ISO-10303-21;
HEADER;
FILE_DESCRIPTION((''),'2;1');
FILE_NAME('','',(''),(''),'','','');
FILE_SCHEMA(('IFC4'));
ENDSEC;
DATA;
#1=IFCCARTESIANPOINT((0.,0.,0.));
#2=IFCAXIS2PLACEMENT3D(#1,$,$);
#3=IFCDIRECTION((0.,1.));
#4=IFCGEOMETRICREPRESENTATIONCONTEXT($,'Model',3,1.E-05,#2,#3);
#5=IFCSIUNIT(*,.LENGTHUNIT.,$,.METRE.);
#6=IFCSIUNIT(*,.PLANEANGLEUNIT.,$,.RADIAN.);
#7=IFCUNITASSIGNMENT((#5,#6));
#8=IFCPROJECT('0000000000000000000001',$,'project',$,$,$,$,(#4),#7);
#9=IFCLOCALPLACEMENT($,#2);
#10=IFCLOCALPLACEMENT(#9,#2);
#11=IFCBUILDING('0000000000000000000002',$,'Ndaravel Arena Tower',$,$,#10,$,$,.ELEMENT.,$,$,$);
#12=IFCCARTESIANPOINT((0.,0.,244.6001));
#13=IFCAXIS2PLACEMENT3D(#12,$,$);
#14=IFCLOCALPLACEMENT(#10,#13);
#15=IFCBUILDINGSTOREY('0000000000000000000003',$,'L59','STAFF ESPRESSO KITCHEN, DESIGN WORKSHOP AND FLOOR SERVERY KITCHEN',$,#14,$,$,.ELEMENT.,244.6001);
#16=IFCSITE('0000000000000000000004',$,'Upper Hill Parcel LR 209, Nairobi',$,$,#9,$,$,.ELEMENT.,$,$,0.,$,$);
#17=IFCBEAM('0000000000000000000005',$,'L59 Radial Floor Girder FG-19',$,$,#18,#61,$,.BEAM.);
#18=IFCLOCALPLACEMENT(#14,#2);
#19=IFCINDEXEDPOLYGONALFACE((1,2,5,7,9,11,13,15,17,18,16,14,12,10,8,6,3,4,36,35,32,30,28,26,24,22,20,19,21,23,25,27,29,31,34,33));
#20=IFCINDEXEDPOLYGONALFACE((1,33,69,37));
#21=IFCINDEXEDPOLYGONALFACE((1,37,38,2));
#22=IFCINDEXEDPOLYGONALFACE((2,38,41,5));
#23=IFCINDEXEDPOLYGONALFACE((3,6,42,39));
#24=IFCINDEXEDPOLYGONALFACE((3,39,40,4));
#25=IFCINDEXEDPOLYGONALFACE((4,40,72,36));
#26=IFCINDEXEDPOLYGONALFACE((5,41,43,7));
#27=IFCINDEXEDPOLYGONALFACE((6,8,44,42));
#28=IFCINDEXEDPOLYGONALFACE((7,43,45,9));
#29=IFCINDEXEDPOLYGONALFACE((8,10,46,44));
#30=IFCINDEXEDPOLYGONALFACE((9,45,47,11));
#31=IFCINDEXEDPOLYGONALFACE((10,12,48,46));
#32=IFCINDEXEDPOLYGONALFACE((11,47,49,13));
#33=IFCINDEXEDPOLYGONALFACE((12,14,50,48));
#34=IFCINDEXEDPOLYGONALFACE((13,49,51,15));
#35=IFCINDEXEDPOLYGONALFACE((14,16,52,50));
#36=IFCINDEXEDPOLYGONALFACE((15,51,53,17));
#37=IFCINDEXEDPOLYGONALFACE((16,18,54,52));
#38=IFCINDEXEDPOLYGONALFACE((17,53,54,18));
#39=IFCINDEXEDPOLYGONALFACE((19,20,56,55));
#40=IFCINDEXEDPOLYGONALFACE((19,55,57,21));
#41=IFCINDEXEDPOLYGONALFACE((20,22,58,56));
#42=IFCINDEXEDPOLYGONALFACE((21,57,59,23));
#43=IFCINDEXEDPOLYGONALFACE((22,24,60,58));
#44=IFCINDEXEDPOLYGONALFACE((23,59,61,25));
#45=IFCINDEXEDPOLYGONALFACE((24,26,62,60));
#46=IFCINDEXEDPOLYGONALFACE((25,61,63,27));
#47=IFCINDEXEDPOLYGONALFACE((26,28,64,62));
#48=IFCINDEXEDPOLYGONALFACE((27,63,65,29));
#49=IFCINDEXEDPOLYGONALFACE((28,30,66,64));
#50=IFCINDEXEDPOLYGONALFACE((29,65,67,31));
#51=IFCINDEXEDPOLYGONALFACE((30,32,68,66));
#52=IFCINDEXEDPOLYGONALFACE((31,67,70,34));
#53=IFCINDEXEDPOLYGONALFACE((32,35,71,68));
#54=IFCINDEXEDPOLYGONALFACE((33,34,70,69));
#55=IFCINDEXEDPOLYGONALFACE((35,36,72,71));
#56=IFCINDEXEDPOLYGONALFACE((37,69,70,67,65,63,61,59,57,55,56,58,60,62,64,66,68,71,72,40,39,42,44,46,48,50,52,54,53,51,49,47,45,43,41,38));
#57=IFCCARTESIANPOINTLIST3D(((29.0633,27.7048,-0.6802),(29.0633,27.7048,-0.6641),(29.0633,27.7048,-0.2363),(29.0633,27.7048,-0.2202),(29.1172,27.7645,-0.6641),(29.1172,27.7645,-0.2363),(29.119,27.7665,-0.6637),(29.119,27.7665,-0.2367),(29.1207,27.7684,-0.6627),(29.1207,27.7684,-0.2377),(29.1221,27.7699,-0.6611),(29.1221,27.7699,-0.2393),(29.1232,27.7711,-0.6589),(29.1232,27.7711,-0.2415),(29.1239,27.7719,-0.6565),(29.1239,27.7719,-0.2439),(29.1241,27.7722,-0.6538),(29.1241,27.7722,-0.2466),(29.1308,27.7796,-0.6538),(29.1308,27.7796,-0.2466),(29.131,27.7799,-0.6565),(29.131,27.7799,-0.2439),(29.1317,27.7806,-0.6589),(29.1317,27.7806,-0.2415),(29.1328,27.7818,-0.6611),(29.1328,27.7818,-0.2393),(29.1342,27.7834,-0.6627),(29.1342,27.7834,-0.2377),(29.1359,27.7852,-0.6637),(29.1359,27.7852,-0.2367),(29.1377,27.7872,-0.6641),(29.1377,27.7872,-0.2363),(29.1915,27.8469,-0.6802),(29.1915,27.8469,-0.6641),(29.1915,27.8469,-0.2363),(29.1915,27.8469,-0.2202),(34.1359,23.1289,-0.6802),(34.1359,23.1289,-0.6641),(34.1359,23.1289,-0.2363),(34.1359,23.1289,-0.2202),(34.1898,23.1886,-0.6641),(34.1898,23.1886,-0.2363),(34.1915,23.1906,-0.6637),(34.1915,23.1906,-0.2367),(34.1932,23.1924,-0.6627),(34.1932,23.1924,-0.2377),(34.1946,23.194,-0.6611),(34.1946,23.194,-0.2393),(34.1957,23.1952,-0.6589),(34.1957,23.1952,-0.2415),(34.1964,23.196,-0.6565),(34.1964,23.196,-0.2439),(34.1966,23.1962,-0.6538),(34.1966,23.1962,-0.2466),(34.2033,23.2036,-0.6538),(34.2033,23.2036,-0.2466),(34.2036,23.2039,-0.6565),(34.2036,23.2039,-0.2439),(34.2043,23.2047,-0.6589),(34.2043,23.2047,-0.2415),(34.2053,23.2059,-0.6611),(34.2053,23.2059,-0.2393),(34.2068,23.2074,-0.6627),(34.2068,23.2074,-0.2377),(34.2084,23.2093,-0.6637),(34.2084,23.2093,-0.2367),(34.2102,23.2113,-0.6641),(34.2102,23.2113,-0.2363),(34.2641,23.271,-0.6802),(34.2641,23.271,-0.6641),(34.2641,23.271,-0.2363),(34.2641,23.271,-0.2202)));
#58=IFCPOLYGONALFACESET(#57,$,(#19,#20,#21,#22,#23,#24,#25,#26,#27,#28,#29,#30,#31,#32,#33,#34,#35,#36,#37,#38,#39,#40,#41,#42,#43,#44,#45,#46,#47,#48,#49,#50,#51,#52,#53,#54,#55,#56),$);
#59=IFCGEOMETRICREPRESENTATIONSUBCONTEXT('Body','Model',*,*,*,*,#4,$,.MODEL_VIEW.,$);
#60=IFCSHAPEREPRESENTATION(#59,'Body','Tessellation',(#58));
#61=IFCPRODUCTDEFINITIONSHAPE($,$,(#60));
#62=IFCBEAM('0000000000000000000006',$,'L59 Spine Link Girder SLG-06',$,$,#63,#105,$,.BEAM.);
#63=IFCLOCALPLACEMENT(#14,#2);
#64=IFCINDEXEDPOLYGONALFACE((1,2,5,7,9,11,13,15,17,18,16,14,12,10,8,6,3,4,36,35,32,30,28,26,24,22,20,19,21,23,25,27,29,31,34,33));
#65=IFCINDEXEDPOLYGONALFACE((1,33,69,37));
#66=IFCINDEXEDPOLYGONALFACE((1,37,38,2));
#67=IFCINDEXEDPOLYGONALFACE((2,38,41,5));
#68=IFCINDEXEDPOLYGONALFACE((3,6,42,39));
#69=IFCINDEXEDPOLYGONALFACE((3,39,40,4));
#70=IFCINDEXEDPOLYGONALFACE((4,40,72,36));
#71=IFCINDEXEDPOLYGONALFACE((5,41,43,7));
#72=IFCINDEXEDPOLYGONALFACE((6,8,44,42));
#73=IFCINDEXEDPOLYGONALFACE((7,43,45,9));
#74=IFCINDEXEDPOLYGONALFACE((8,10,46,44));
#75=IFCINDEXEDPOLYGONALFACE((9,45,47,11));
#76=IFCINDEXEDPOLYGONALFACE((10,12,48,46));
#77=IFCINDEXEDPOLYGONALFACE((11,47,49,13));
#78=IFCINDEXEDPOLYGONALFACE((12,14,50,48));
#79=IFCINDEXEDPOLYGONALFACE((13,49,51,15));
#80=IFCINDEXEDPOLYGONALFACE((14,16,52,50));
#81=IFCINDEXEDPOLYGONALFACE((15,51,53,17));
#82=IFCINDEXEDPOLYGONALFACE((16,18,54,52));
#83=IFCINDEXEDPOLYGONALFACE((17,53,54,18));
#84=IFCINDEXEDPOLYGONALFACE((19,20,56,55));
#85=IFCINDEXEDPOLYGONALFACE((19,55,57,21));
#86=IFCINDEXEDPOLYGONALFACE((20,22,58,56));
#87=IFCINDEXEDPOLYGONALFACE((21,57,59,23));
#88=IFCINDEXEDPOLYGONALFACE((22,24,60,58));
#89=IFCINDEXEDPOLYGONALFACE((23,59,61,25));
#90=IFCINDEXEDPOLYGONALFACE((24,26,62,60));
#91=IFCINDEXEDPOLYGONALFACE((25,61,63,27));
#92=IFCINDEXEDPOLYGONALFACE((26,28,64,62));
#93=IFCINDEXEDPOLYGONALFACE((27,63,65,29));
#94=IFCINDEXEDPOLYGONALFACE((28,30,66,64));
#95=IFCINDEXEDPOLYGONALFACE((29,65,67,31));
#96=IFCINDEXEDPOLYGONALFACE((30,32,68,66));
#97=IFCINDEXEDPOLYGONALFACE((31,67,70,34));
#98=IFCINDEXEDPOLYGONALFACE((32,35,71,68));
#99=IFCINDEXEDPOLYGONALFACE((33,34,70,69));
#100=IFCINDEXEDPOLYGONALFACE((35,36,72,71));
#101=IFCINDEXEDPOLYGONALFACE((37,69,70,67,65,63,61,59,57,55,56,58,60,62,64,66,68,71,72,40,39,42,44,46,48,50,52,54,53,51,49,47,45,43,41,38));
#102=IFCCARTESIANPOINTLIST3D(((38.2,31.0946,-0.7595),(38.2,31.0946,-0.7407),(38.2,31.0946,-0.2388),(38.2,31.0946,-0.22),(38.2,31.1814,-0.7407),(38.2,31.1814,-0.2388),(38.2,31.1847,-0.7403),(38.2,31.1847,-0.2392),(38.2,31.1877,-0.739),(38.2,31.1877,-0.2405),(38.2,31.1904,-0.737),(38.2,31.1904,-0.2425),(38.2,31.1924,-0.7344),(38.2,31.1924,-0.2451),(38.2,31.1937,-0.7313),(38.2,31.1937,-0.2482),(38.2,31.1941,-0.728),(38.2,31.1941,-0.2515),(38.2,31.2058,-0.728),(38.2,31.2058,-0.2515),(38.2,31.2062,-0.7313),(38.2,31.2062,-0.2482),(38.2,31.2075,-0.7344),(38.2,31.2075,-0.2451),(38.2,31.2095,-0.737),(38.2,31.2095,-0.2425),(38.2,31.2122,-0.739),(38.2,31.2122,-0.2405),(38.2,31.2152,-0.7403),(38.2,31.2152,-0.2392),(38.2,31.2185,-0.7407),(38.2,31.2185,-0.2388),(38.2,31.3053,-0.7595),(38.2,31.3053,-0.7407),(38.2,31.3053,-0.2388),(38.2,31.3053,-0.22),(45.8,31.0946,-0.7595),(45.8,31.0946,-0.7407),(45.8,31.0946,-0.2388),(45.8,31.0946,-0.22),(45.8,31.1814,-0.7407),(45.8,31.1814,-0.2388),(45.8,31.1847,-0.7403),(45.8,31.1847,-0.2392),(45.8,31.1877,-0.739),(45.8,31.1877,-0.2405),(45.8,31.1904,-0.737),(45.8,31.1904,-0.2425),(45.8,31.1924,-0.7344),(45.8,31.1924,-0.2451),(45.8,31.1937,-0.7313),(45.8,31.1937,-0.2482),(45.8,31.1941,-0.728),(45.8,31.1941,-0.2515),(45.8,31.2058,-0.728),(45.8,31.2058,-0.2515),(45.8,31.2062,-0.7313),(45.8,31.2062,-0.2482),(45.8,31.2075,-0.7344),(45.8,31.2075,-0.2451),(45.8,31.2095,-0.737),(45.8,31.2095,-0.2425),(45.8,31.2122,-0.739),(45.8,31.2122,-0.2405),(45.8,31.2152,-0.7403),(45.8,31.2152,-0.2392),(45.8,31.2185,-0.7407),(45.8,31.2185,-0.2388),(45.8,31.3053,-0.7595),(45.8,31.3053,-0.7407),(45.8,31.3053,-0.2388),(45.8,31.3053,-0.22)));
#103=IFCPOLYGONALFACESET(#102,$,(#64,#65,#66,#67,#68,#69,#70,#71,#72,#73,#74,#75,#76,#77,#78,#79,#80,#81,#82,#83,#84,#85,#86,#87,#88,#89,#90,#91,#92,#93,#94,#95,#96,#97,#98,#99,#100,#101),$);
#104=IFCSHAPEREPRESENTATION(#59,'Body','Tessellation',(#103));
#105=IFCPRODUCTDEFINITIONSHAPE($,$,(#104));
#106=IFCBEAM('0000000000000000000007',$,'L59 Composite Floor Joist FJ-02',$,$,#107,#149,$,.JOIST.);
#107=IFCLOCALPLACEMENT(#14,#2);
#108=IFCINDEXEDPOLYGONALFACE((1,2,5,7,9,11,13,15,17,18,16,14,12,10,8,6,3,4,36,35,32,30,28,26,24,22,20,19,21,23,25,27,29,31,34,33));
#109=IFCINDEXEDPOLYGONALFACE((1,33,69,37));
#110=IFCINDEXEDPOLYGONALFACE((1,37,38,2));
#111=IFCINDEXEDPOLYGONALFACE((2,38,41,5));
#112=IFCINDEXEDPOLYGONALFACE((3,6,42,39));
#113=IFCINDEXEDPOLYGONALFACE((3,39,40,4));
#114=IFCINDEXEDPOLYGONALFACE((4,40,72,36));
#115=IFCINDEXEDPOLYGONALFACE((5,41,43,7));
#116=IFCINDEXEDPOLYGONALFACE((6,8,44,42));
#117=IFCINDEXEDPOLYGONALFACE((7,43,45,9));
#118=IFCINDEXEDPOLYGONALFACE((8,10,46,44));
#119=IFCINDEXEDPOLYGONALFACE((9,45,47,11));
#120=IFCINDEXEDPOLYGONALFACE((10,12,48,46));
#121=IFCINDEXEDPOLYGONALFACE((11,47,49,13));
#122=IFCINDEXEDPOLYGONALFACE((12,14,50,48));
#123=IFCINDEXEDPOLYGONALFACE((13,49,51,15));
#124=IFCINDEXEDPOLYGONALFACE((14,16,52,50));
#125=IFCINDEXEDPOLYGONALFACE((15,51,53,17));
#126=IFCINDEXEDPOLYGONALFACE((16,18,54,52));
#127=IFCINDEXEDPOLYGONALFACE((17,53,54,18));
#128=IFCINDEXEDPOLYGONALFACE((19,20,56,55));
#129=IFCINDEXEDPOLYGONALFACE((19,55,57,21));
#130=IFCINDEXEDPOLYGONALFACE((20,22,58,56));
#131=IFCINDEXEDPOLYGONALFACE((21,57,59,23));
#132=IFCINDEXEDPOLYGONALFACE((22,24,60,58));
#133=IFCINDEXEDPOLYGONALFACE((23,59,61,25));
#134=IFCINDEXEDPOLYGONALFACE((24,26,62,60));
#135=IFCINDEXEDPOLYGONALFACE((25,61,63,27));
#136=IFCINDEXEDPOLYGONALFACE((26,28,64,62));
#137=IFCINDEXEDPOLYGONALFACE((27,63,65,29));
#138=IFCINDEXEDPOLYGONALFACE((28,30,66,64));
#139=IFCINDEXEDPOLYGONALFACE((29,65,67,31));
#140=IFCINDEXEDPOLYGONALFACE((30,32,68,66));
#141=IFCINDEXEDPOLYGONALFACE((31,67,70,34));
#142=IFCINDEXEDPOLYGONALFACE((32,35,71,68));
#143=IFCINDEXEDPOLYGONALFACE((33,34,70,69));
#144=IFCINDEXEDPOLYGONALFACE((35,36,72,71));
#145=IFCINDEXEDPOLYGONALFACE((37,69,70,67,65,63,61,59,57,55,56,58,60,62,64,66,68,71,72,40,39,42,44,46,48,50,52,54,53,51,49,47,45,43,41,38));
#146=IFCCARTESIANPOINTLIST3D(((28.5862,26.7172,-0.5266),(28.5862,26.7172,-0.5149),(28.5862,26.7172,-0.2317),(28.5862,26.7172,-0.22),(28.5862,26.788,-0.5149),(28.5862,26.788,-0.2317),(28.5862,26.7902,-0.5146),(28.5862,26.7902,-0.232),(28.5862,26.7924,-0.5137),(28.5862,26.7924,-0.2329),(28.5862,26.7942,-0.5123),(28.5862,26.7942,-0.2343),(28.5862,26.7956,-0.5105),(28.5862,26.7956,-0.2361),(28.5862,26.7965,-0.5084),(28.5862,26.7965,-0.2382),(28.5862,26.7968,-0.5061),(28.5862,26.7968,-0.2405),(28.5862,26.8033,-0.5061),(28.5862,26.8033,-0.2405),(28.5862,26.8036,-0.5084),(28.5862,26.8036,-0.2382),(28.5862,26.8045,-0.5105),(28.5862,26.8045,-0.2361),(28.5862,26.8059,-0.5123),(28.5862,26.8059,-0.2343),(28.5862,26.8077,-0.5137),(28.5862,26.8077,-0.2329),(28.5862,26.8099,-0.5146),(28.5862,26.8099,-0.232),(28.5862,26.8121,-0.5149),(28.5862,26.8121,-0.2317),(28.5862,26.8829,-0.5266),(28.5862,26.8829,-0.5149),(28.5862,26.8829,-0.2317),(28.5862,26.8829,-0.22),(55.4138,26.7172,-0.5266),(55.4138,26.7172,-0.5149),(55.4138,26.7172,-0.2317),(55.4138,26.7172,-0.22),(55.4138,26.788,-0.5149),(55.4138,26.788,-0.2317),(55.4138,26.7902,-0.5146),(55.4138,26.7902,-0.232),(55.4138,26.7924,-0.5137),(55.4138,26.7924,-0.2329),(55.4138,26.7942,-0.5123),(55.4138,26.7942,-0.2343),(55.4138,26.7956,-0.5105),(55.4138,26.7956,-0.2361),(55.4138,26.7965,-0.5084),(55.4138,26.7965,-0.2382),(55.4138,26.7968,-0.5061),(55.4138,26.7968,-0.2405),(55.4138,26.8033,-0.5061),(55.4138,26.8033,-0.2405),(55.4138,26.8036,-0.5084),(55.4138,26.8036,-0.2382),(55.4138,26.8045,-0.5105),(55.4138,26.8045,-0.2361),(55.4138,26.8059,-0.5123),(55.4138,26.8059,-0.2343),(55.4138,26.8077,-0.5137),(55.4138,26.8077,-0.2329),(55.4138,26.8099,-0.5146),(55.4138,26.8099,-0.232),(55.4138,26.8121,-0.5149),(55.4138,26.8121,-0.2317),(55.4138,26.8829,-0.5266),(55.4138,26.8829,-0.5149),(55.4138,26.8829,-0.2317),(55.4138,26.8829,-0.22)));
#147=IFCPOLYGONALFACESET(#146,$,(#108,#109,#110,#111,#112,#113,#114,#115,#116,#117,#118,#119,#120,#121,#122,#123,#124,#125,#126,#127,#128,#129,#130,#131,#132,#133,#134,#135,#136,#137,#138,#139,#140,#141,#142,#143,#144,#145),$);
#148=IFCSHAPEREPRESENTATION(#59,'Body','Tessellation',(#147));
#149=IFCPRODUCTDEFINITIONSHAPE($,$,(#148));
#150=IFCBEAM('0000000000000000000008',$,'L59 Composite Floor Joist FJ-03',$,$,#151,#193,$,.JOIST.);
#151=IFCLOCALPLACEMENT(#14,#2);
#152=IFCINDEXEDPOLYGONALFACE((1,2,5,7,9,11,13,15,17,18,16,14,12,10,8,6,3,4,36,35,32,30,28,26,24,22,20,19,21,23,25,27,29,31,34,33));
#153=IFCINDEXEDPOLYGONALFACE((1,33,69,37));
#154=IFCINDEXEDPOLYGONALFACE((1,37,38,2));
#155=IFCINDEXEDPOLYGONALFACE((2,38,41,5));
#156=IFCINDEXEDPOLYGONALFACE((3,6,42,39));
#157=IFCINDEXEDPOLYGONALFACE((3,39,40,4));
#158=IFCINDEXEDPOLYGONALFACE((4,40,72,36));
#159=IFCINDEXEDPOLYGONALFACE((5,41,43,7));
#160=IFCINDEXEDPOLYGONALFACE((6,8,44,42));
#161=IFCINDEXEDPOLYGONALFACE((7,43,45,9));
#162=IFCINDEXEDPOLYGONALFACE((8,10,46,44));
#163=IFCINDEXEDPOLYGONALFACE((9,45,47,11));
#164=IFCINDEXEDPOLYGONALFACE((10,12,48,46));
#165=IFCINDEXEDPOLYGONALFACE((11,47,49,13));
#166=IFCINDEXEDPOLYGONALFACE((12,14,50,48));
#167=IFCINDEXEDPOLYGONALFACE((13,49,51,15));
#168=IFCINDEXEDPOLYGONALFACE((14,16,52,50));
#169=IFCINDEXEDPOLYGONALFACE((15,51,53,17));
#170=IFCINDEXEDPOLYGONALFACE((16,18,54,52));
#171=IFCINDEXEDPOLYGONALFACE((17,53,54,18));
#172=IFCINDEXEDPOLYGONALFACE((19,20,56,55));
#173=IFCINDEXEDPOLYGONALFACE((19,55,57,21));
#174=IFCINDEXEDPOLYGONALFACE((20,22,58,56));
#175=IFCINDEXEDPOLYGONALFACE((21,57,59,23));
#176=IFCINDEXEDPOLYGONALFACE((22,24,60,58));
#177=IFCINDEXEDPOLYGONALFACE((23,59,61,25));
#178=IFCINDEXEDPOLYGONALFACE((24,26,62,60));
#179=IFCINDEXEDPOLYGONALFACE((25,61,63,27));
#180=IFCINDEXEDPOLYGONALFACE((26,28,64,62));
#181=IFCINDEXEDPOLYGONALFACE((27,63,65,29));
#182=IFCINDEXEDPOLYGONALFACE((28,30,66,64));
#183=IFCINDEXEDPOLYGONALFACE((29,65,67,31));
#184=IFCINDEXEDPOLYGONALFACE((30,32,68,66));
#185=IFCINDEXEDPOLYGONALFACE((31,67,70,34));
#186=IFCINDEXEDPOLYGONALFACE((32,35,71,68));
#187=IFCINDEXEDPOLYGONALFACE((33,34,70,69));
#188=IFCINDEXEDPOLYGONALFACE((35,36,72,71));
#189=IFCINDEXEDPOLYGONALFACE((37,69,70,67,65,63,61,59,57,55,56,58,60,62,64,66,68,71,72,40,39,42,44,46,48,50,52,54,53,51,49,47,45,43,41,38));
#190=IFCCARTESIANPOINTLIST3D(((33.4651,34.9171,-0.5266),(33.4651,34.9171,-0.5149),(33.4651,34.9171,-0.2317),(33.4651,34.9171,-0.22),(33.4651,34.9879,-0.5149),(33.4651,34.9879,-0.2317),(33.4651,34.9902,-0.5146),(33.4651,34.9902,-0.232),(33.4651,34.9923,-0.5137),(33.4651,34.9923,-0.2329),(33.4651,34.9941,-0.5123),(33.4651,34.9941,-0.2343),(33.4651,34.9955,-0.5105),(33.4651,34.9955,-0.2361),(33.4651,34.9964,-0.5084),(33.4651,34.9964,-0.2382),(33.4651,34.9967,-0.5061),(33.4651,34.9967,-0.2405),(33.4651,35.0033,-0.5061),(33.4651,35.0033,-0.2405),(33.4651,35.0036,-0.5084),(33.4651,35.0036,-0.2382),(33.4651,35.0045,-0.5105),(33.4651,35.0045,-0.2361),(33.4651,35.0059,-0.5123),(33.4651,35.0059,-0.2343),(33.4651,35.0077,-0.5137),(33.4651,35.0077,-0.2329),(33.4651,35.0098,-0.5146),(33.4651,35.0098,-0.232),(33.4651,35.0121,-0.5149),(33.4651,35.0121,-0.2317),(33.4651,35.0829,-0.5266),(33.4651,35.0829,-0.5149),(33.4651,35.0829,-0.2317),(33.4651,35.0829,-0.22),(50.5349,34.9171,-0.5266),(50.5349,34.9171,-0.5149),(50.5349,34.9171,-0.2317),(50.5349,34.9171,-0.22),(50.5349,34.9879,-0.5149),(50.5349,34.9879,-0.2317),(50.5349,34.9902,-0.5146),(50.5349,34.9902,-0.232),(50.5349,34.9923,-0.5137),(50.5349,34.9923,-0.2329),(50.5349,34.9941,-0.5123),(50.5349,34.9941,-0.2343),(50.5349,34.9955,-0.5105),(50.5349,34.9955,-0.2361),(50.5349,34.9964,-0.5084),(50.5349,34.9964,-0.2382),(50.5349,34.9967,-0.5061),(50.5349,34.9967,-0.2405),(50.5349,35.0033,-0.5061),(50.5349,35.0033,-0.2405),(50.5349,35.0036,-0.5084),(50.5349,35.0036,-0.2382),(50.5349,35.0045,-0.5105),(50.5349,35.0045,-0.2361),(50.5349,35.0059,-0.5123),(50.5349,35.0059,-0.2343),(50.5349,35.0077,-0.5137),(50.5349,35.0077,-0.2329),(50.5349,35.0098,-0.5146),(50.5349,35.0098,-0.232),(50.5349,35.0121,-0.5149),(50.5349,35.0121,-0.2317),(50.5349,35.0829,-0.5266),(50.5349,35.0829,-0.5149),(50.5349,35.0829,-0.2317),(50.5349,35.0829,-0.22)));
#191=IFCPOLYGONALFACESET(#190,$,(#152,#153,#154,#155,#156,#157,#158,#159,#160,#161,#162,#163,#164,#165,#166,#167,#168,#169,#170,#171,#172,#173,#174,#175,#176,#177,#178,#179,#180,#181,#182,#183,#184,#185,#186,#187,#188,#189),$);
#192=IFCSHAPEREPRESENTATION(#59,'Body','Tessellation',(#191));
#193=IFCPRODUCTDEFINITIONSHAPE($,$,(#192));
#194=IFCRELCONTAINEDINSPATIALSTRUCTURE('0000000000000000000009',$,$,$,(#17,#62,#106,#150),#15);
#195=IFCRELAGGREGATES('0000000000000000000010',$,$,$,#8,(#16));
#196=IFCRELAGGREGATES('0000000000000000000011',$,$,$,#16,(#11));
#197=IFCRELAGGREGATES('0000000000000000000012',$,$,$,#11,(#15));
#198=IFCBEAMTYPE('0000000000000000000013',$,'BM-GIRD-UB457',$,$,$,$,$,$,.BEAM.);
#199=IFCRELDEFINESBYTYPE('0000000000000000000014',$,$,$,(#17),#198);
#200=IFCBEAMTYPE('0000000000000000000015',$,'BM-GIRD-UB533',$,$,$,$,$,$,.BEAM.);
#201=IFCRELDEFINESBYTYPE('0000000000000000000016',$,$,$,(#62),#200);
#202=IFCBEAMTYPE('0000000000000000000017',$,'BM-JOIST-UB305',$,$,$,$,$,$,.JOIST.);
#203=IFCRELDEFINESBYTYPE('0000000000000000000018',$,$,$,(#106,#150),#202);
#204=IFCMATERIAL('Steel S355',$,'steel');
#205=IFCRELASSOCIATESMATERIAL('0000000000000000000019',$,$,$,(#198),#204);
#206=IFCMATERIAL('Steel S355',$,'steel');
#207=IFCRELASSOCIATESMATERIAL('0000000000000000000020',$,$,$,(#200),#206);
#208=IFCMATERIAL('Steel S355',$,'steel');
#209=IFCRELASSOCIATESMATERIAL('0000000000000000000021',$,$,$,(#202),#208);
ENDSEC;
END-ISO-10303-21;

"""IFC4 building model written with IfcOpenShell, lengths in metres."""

from ifc_helpers import new_model, si_unit, direction, frame, origin, origin_2d, place, context, subcontext, project, spatial, i_section, extrude, material, material_profile, profile_set, type_object, element, save


model = new_model("IFC4")

# Units and contexts
model_context = context("Model", 3, precision=1e-05, world=origin(), true_north=direction((0.0, 1.0)))
body_context = subcontext(model_context, "Body", "Model", "MODEL_VIEW")
ifc_project = project(units=[si_unit("LENGTHUNIT", "METRE"), si_unit("PLANEANGLEUNIT", "RADIAN")], contexts=[model_context])

# Site, building, storey
site_placement = place(None, origin())
site = spatial("IfcSite", under=ifc_project, at=site_placement, Name="Upper Hill Parcel LR 209, Nairobi", CompositionType="ELEMENT", RefElevation=0.0)
building_placement = place(site_placement, origin())
building = spatial("IfcBuilding", under=site, at=building_placement, Name="Ndaravel Arena Tower", CompositionType="ELEMENT")
storey_placement = place(building_placement, frame((0.0, 0.0, 244.6001)))
storey = spatial("IfcBuildingStorey", under=building, at=storey_placement, Name="L59", Description="STAFF ESPRESSO KITCHEN, DESIGN WORKSHOP AND FLOOR SERVERY KITCHEN", CompositionType="ELEMENT", Elevation=244.6001)

# Beams
ifc_material_1 = material(Name="Steel S355", Category="steel")
ifc_material_profile_1 = material_profile(ifc_material_1, i_section(OverallWidth=0.1914, OverallDepth=0.46, WebThickness=0.01, FlangeThickness=0.0161, FilletRadius=0.0103, at=origin_2d()), Name="UB 457x191x82")
ifc_profile_set_1 = profile_set([ifc_material_profile_1], Name="Steel S355")
beam_type_1 = type_object("IfcBeamType", Name="BM-GIRD-UB457", PredefinedType="BEAM", material=ifc_profile_set_1)
beam_1_placement = place(storey_placement, frame((29.1274, 27.7759, -0.4502), z_axis=(0.742517, -0.669827, 0.0), x_axis=(0.669827, 0.742517, 0.0)))
element("IfcBeam", 1, at=beam_1_placement, inside=storey, type_object=beam_type_1, Name="L59 Radial Floor Girder FG-19", PredefinedType="BEAM", context=body_context, shape_type="SweptSolid", body=[
    extrude(i_section(OverallWidth=0.1914, OverallDepth=0.46, WebThickness=0.01, FlangeThickness=0.0161, FilletRadius=0.0103, at=origin_2d()), origin(), (0.0, 0.0, 1.0), 6.8315),
])
ifc_material_2 = material(Name="Steel S355", Category="steel")
ifc_material_profile_2 = material_profile(ifc_material_2, i_section(OverallWidth=0.2107, OverallDepth=0.5396, WebThickness=0.0117, FlangeThickness=0.0188, FilletRadius=0.0127, at=origin_2d()), Name="UB 533x210x109")
ifc_profile_set_2 = profile_set([ifc_material_profile_2], Name="Steel S355")
beam_type_2 = type_object("IfcBeamType", Name="BM-GIRD-UB533", PredefinedType="BEAM", material=ifc_profile_set_2)
beam_2_placement = place(storey_placement, frame((38.2, 31.2, -0.4897), z_axis=(1.0, 0.0, 0.0), x_axis=(0.0, 1.0, 0.0)))
element("IfcBeam", 2, at=beam_2_placement, inside=storey, type_object=beam_type_2, Name="L59 Spine Link Girder SLG-06", PredefinedType="BEAM", context=body_context, shape_type="SweptSolid", body=[
    extrude(i_section(OverallWidth=0.2107, OverallDepth=0.5396, WebThickness=0.0117, FlangeThickness=0.0188, FilletRadius=0.0127, at=origin_2d()), origin(), (0.0, 0.0, 1.0), 7.6001),
])
ifc_material_3 = material(Name="Steel S355", Category="steel")
ifc_material_profile_3 = material_profile(ifc_material_3, i_section(OverallWidth=0.1658, OverallDepth=0.3066, WebThickness=0.0066, FlangeThickness=0.0117, FilletRadius=0.0088, at=origin_2d()), Name="UB 305x165x46")
ifc_profile_set_3 = profile_set([ifc_material_profile_3], Name="Steel S355")
beam_type_3 = type_object("IfcBeamType", Name="BM-JOIST-UB305", PredefinedType="JOIST", material=ifc_profile_set_3)
beam_3_placement = place(storey_placement, frame((28.5862, 26.8, -0.3733), z_axis=(1.0, 0.0, 0.0), x_axis=(0.0, 1.0, 0.0)))
element("IfcBeam", 3, at=beam_3_placement, inside=storey, type_object=beam_type_3, Name="L59 Composite Floor Joist FJ-02", PredefinedType="JOIST", context=body_context, shape_type="SweptSolid", body=[
    extrude(i_section(OverallWidth=0.1658, OverallDepth=0.3066, WebThickness=0.0066, FlangeThickness=0.0117, FilletRadius=0.0088, at=origin_2d()), origin(), (0.0, 0.0, 1.0), 26.8276),
])
beam_4_placement = place(storey_placement, frame((33.4651, 35.0, -0.3733), z_axis=(1.0, 0.0, 0.0), x_axis=(0.0, 1.0, 0.0)))
element("IfcBeam", 4, at=beam_4_placement, inside=storey, type_object=beam_type_3, Name="L59 Composite Floor Joist FJ-03", PredefinedType="JOIST", context=body_context, shape_type="SweptSolid", body=[
    extrude(i_section(OverallWidth=0.1658, OverallDepth=0.3066, WebThickness=0.0066, FlangeThickness=0.0117, FilletRadius=0.0088, at=origin_2d()), origin(), (0.0, 0.0, 1.0), 17.0698),
])

save(model, "model.ifc")
